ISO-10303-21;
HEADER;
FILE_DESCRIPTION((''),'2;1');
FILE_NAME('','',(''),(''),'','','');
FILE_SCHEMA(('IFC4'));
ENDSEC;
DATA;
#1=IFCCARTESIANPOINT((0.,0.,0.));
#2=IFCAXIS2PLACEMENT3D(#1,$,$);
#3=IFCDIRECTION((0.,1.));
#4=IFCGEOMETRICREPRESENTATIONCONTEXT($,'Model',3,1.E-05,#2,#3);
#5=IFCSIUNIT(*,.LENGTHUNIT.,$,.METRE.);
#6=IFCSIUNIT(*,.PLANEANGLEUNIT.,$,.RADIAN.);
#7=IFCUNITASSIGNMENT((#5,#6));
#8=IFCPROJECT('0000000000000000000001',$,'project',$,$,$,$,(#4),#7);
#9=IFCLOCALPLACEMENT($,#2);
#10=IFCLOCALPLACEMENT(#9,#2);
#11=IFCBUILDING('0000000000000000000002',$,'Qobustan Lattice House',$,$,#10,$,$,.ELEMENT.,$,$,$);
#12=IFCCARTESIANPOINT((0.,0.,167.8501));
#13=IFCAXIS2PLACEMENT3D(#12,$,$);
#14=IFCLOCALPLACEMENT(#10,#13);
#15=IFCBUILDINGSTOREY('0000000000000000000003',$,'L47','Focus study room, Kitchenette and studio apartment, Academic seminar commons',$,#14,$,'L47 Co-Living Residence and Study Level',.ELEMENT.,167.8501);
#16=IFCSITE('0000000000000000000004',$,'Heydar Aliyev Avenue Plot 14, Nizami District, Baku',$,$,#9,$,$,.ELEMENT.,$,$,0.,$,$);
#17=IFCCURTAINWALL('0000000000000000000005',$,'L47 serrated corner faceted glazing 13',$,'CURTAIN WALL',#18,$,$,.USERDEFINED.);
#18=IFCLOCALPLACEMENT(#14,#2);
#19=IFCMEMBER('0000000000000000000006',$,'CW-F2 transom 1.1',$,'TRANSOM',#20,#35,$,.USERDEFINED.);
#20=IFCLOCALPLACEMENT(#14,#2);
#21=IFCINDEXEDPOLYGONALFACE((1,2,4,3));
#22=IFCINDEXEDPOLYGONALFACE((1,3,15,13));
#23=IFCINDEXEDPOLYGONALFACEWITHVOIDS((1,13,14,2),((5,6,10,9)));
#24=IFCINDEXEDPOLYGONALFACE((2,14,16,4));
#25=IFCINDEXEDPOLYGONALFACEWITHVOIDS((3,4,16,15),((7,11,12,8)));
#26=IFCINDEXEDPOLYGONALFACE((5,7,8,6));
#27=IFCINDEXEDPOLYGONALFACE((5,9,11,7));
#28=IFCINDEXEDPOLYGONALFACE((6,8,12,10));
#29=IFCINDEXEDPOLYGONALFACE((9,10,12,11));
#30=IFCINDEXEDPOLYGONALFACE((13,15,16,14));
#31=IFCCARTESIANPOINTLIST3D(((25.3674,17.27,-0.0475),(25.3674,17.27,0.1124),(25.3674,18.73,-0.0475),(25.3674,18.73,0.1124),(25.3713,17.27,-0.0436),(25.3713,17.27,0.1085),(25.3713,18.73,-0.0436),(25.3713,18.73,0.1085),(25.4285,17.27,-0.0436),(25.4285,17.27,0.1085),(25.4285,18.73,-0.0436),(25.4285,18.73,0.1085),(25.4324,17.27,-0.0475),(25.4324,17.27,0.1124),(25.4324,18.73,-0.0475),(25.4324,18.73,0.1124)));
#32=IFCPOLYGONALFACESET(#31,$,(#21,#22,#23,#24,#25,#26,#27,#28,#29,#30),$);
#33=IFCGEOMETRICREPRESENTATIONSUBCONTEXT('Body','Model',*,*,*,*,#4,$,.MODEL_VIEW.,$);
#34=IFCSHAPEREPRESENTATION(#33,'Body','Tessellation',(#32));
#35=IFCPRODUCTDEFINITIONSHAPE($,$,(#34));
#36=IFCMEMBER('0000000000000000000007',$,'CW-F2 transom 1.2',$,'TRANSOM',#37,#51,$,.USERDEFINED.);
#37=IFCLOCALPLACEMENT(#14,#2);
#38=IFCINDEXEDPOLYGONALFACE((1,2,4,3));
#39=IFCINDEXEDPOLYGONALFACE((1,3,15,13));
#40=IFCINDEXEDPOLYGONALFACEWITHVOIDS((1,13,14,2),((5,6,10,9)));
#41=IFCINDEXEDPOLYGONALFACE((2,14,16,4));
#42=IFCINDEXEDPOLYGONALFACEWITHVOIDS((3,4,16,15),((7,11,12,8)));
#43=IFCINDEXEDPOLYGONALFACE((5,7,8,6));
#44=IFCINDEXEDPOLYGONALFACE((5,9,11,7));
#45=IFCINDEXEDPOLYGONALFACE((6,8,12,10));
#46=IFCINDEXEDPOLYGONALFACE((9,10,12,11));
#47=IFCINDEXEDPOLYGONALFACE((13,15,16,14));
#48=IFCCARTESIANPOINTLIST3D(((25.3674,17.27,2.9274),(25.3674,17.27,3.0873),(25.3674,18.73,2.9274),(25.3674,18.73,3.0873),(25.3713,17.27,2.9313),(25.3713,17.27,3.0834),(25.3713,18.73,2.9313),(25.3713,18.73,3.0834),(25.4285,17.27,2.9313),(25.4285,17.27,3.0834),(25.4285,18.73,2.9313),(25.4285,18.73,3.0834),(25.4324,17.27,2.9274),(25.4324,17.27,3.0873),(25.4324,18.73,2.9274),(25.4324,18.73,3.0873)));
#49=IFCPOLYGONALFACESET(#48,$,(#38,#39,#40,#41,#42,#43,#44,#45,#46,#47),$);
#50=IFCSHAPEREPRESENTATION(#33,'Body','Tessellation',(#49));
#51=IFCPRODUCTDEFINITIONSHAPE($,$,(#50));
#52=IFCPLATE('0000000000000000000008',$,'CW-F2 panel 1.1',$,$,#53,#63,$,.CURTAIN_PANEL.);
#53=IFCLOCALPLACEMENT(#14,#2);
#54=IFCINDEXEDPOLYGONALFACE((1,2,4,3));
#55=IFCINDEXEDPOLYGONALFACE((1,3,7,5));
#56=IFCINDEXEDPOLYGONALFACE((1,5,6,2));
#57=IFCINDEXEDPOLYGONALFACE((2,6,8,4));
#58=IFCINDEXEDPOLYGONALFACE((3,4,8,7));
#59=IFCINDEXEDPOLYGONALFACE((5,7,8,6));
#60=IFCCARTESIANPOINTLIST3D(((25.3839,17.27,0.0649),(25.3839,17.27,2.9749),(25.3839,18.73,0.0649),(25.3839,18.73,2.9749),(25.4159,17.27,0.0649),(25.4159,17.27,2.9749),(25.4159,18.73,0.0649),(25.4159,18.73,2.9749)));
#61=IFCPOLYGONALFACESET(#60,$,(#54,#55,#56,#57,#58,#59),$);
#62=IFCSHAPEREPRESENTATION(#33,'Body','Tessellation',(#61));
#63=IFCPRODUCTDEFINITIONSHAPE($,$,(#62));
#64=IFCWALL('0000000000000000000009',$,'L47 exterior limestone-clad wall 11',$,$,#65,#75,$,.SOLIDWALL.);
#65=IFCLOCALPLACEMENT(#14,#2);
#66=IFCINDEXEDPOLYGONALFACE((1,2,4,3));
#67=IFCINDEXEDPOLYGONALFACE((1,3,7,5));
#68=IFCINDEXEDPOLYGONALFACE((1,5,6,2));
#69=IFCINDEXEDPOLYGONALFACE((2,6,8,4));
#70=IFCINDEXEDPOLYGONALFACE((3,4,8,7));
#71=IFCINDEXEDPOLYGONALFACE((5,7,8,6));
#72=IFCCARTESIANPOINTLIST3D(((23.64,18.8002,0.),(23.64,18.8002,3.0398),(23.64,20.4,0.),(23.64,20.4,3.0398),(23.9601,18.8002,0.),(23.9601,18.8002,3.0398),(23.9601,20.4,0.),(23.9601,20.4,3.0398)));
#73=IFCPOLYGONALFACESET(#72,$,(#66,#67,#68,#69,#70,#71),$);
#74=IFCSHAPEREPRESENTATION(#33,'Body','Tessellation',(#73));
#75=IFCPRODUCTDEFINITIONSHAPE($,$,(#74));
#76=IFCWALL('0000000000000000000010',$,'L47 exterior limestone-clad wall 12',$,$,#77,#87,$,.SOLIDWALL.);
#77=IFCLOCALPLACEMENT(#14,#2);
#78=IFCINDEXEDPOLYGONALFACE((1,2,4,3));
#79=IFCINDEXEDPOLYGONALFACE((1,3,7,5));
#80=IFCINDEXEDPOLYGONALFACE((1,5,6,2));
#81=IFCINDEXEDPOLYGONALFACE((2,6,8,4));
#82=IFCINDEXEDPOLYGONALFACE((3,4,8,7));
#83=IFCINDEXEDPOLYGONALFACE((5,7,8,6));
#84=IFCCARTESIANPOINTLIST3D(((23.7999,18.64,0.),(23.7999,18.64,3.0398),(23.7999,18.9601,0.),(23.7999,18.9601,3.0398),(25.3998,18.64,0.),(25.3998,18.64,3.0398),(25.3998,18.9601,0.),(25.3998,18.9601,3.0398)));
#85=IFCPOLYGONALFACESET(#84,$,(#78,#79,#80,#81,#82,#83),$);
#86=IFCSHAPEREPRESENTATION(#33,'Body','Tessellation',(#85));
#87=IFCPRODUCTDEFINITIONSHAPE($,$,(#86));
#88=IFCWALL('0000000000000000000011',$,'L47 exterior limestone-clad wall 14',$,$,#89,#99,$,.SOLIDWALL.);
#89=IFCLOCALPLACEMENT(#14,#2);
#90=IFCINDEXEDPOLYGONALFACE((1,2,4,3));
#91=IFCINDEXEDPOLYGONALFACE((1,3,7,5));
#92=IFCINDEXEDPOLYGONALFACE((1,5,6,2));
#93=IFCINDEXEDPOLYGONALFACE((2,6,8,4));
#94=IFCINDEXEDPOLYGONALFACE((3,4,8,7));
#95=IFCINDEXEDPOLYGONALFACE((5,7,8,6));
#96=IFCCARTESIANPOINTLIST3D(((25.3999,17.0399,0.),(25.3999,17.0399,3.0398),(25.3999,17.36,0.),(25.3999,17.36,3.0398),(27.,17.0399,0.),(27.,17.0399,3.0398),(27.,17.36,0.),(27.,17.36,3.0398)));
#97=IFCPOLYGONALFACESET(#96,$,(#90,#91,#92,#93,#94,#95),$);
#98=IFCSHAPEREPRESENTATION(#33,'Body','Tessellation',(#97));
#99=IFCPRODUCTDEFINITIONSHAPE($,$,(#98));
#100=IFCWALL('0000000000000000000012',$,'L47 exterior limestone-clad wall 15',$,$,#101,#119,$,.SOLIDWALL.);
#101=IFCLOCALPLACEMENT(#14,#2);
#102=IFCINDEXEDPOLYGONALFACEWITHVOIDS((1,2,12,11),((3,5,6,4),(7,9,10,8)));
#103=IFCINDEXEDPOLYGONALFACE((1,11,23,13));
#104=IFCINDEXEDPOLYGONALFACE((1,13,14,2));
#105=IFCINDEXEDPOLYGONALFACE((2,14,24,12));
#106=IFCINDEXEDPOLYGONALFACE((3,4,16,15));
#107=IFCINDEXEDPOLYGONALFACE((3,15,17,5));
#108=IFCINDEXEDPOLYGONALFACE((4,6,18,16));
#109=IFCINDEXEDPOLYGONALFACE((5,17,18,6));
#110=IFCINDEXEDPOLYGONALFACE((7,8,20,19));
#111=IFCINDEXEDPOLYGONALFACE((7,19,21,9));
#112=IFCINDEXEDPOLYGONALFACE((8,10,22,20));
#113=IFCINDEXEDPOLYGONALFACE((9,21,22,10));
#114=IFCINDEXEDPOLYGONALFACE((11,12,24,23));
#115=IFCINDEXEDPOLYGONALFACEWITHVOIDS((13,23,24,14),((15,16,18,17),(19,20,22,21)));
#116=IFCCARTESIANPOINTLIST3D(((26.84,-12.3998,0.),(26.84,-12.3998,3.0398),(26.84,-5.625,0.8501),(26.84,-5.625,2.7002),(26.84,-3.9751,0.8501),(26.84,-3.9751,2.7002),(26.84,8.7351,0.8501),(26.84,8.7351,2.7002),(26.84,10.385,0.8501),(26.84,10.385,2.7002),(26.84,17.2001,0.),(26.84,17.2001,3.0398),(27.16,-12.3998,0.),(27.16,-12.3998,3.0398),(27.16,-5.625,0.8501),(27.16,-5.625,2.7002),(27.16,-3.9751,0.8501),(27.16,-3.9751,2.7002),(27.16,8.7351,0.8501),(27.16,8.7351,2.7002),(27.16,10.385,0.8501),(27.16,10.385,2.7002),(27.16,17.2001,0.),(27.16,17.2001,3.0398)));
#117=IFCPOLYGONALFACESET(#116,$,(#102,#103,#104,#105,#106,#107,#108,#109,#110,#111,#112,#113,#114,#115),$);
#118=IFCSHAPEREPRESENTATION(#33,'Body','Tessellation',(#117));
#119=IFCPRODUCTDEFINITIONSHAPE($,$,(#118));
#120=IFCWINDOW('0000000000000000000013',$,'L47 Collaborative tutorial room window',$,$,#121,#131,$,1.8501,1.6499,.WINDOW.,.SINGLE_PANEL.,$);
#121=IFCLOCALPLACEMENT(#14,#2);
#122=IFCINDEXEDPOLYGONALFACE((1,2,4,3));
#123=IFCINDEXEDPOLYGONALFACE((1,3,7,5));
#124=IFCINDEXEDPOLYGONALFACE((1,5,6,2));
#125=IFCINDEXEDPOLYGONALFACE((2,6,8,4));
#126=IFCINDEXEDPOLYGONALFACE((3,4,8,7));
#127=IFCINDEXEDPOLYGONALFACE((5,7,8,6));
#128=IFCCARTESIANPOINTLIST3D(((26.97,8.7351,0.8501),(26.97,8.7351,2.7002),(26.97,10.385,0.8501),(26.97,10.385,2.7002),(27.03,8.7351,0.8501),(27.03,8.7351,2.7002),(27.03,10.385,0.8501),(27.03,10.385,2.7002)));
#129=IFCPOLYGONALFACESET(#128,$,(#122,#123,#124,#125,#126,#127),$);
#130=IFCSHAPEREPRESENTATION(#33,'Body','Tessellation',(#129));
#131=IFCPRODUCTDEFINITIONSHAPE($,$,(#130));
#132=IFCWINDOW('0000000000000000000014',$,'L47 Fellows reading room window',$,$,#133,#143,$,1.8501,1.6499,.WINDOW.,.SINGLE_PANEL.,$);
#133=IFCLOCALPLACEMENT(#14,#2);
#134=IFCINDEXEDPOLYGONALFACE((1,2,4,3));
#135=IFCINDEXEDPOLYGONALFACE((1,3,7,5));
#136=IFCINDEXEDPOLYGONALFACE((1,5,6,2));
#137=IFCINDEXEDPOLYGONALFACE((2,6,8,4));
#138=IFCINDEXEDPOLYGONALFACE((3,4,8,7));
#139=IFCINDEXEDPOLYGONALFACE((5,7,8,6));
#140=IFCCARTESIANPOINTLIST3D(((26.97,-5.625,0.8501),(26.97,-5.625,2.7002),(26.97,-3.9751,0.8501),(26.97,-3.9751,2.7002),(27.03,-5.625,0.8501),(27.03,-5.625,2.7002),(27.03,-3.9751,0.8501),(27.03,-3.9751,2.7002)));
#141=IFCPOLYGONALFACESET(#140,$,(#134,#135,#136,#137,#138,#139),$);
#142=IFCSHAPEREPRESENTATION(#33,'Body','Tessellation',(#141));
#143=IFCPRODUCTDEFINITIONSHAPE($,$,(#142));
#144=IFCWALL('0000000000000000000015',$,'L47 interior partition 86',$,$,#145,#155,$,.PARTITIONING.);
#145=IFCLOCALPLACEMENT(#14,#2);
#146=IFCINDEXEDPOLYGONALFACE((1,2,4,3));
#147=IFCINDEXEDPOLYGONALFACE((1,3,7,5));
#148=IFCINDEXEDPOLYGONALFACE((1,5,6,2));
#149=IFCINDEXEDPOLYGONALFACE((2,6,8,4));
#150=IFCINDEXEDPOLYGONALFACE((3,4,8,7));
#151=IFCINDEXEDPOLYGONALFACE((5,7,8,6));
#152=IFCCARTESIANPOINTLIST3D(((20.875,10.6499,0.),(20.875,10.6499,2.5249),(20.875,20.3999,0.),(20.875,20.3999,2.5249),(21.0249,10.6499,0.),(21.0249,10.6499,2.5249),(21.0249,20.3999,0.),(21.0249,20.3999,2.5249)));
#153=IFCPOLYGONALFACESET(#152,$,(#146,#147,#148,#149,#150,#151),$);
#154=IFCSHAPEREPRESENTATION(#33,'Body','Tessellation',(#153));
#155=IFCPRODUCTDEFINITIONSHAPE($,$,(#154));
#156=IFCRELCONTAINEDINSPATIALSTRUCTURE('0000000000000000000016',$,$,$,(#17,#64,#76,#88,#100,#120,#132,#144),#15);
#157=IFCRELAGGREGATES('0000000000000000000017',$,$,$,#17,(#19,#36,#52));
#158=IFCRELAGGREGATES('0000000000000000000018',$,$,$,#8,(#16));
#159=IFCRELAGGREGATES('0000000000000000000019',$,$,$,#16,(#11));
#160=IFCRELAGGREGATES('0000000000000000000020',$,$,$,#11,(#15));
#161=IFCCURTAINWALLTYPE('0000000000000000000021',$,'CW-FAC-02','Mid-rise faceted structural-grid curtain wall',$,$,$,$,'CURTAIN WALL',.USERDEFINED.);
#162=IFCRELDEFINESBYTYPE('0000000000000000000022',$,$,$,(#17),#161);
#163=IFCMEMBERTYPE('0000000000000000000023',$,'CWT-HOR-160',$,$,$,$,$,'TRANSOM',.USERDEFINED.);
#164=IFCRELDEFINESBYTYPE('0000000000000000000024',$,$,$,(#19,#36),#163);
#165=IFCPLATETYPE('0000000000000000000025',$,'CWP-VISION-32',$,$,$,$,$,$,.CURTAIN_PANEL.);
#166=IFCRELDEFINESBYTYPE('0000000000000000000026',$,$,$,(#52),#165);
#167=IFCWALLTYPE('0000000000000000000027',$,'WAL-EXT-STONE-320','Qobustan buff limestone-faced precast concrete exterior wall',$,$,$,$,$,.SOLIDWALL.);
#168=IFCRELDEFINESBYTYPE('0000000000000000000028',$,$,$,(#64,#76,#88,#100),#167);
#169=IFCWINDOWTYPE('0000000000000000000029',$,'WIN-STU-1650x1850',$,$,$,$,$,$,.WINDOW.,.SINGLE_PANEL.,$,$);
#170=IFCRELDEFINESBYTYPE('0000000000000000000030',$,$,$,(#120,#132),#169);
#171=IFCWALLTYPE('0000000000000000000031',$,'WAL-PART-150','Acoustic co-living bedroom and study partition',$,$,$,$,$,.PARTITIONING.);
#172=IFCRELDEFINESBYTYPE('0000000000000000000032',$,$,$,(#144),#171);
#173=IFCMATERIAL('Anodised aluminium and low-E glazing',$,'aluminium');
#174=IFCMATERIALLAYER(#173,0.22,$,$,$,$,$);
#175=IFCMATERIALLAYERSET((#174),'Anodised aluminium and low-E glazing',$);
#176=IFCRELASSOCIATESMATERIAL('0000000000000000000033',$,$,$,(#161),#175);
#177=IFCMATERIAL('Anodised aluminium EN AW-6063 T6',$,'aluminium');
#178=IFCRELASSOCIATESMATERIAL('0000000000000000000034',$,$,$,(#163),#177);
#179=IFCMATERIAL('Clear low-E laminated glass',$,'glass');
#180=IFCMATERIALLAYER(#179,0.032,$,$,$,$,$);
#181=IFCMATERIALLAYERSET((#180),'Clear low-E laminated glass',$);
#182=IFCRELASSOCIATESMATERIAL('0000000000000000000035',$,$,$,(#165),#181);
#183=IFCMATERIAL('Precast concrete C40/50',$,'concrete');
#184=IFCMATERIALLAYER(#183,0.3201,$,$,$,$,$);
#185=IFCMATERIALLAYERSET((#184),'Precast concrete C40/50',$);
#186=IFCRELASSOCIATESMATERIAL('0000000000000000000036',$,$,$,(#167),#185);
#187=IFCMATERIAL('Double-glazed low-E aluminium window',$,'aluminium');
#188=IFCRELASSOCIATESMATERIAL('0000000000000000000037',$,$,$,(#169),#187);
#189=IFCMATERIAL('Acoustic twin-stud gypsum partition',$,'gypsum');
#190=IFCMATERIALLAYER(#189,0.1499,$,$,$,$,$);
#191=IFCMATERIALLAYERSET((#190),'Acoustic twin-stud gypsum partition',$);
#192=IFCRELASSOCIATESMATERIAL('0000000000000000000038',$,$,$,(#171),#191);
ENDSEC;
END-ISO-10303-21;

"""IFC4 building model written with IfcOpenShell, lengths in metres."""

from ifc_helpers import new_model, si_unit, direction, frame, frame_2d, origin, origin_2d, place, context, subcontext, project, spatial, rectangle, hollow_rectangle, extrude, material, layer, layer_set, material_profile, profile_set, type_object, element, fill, aggregate, save


model = new_model("IFC4")

# Units and contexts
model_context = context("Model", 3, precision=1e-05, world=origin(), true_north=direction((0.0, 1.0)))
body_context = subcontext(model_context, "Body", "Model", "MODEL_VIEW")
ifc_project = project(units=[si_unit("LENGTHUNIT", "METRE"), si_unit("PLANEANGLEUNIT", "RADIAN")], contexts=[model_context])

# Site, building, storey
site_placement = place(None, origin())
site = spatial("IfcSite", under=ifc_project, at=site_placement, Name="Heydar Aliyev Avenue Plot 14, Nizami District, Baku", CompositionType="ELEMENT", RefElevation=0.0)
building_placement = place(site_placement, origin())
building = spatial("IfcBuilding", under=site, at=building_placement, Name="Qobustan Lattice House", CompositionType="ELEMENT")
storey_placement = place(building_placement, frame((0.0, 0.0, 167.8501)))
storey = spatial("IfcBuildingStorey", under=building, at=storey_placement, Name="L47", Description="Focus study room, Kitchenette and studio apartment, Academic seminar commons", LongName="L47 Co-Living Residence and Study Level", CompositionType="ELEMENT", Elevation=167.8501)

# Curtain wall, members, plate
ifc_material_1 = material(Name="Anodised aluminium and low-E glazing", Category="aluminium")
ifc_layer_1 = layer(ifc_material_1, 0.22)
ifc_layer_set_1 = layer_set([ifc_layer_1], Name="Anodised aluminium and low-E glazing")
curtain_wall_type = type_object("IfcCurtainWallType", Name="CW-FAC-02", Description="Mid-rise faceted structural-grid curtain wall", ElementType="CURTAIN WALL", PredefinedType="USERDEFINED", material=ifc_layer_set_1)
curtain_wall_placement = place(storey_placement, origin())
curtain_wall = element("IfcCurtainWall", 1, at=curtain_wall_placement, inside=storey, type_object=curtain_wall_type, Name="L47 serrated corner faceted glazing 13", ObjectType="CURTAIN WALL", PredefinedType="USERDEFINED")
ifc_material_2 = material(Name="Anodised aluminium EN AW-6063 T6", Category="aluminium")
ifc_material_profile_1 = material_profile(ifc_material_2, hollow_rectangle(XDim=0.0649, YDim=0.1599, WallThickness=0.0039, at=origin_2d()), Name="CWT-160x65")
ifc_profile_set_1 = profile_set([ifc_material_profile_1], Name="Anodised aluminium EN AW-6063 T6")
member_type_1 = type_object("IfcMemberType", Name="CWT-HOR-160", ElementType="TRANSOM", PredefinedType="USERDEFINED", material=ifc_profile_set_1)
member_1_placement = place(storey_placement, frame((25.3999, 18.73, 0.0325), z_axis=(0.0, -1.0, 0.0), x_axis=(1.0, 0.0, 0.0)))
member_1 = element("IfcMember", 2, at=member_1_placement, type_object=member_type_1, Name="CW-F2 transom 1.1", ObjectType="TRANSOM", PredefinedType="USERDEFINED", context=body_context, shape_type="SweptSolid", body=[
    extrude(hollow_rectangle(XDim=0.0649, YDim=0.1599, WallThickness=0.0039, at=origin_2d()), origin(), (0.0, 0.0, 1.0), 1.46),
])
member_2_placement = place(storey_placement, frame((25.3999, 18.73, 3.0073), z_axis=(0.0, -1.0, 0.0), x_axis=(1.0, 0.0, 0.0)))
member_2 = element("IfcMember", 3, at=member_2_placement, type_object=member_type_1, Name="CW-F2 transom 1.2", ObjectType="TRANSOM", PredefinedType="USERDEFINED", context=body_context, shape_type="SweptSolid", body=[
    extrude(hollow_rectangle(XDim=0.0649, YDim=0.1599, WallThickness=0.0039, at=origin_2d()), origin(), (0.0, 0.0, 1.0), 1.46),
])
ifc_material_3 = material(Name="Clear low-E laminated glass", Category="glass")
ifc_layer_2 = layer(ifc_material_3, 0.032)
ifc_layer_set_2 = layer_set([ifc_layer_2], Name="Clear low-E laminated glass")
plate_type = type_object("IfcPlateType", Name="CWP-VISION-32", PredefinedType="CURTAIN_PANEL", material=ifc_layer_set_2)
plate_placement = place(storey_placement, frame((25.3999, 18.0, 0.0649), z_axis=(0.0, 0.0, 1.0), x_axis=(0.0, -1.0, 0.0)))
plate = element("IfcPlate", 4, at=plate_placement, type_object=plate_type, Name="CW-F2 panel 1.1", PredefinedType="CURTAIN_PANEL", context=body_context, shape_type="SweptSolid", body=[
    extrude(rectangle(XDim=1.46, YDim=0.032, at=origin_2d()), origin(), (0.0, 0.0, 1.0), 2.9099),
])
aggregate(curtain_wall, [member_1, member_2, plate])

# Walls
ifc_material_4 = material(Name="Precast concrete C40/50", Category="concrete")
ifc_layer_3 = layer(ifc_material_4, 0.3201)
ifc_layer_set_3 = layer_set([ifc_layer_3], Name="Precast concrete C40/50")
wall_type_1 = type_object("IfcWallType", Name="WAL-EXT-STONE-320", Description="Qobustan buff limestone-faced precast concrete exterior wall", PredefinedType="SOLIDWALL", material=ifc_layer_set_3)
for number, where, z_axis, x_axis, name in (
    (5, (23.8, 20.3999, 0.0), (0.0, 0.0, 1.0), (0.0, -1.0, 0.0), "L47 exterior limestone-clad wall 11"),
    (6, (23.8, 18.8, 0.0), (0.0, 0.0, 1.0), (1.0, 0.0, 0.0), "L47 exterior limestone-clad wall 12"),
):
    element("IfcWall", number, at=place(storey_placement, frame(where, z_axis=z_axis, x_axis=x_axis)), inside=storey, type_object=wall_type_1, Name=name, PredefinedType="SOLIDWALL", context=body_context, shape_type="SweptSolid", body=[
        extrude(rectangle(XDim=1.5999, YDim=0.3201, at=frame_2d((0.7998, 0.0))), origin(), (0.0, 0.0, 1.0), 3.0398),
    ])
wall_1_placement = place(storey_placement, frame((25.3999, 17.2, 0.0), z_axis=(0.0, 0.0, 1.0), x_axis=(1.0, 0.0, 0.0)))
element("IfcWall", 7, at=wall_1_placement, inside=storey, type_object=wall_type_1, Name="L47 exterior limestone-clad wall 14", PredefinedType="SOLIDWALL", context=body_context, shape_type="SweptSolid", body=[
    extrude(rectangle(XDim=1.6001, YDim=0.3201, at=frame_2d((0.8, 0.0))), origin(), (0.0, 0.0, 1.0), 3.0398),
])

# Wall, openings, windows
wall_2_placement = place(storey_placement, frame((27.0, 17.2, 0.0), z_axis=(0.0, 0.0, 1.0), x_axis=(0.0, -1.0, 0.0)))
wall_2 = element("IfcWall", 8, at=wall_2_placement, inside=storey, type_object=wall_type_1, Name="L47 exterior limestone-clad wall 15", PredefinedType="SOLIDWALL", context=body_context, shape_type="SweptSolid", body=[
    extrude(rectangle(XDim=29.5999, YDim=0.3201, at=frame_2d((14.7998, 0.0))), origin(), (0.0, 0.0, 1.0), 3.0398),
])
opening_1_placement = place(wall_2_placement, frame((6.8149, 0.0, 0.8501)))
opening_1 = element("IfcOpeningElement", 9, at=opening_1_placement, cuts=wall_2, PredefinedType="OPENING", context=body_context, shape_type="SweptSolid", body=[
    extrude(rectangle(XDim=1.6499, YDim=1.8501, at=frame_2d((0.825, 0.925))), frame((0.0, 0.1699, 0.0), z_axis=(0.0, -1.0, 0.0), x_axis=(1.0, 0.0, 0.0)), (0.0, 0.0, 1.0), 0.3401),
])
opening_2_placement = place(wall_2_placement, frame((21.175, 0.0, 0.8501)))
opening_2 = element("IfcOpeningElement", 10, at=opening_2_placement, cuts=wall_2, PredefinedType="OPENING", context=body_context, shape_type="SweptSolid", body=[
    extrude(rectangle(XDim=1.6499, YDim=1.8501, at=frame_2d((0.825, 0.925))), frame((0.0, 0.1699, 0.0), z_axis=(0.0, -1.0, 0.0), x_axis=(1.0, 0.0, 0.0)), (0.0, 0.0, 1.0), 0.3401),
])
ifc_material_5 = material(Name="Double-glazed low-E aluminium window", Category="aluminium")
window_type = type_object("IfcWindowType", Name="WIN-STU-1650x1850", PartitioningType="SINGLE_PANEL", PredefinedType="WINDOW", material=ifc_material_5)
window_1_placement = place(opening_1_placement, origin())
window_1 = element("IfcWindow", 11, at=window_1_placement, inside=storey, type_object=window_type, Name="L47 Collaborative tutorial room window", OverallHeight=1.8501, OverallWidth=1.6499, PartitioningType="SINGLE_PANEL", PredefinedType="WINDOW", context=body_context, shape_type="SweptSolid", body=[
    extrude(rectangle(XDim=1.6499, YDim=1.8501, at=frame_2d((0.825, 0.925))), frame((0.0, 0.03, 0.0), z_axis=(0.0, -1.0, 0.0), x_axis=(1.0, 0.0, 0.0)), (0.0, 0.0, 1.0), 0.0601),
])
fill(opening_1, window_1)
window_2_placement = place(opening_2_placement, origin())
window_2 = element("IfcWindow", 12, at=window_2_placement, inside=storey, type_object=window_type, Name="L47 Fellows reading room window", OverallHeight=1.8501, OverallWidth=1.6499, PartitioningType="SINGLE_PANEL", PredefinedType="WINDOW", context=body_context, shape_type="SweptSolid", body=[
    extrude(rectangle(XDim=1.6499, YDim=1.8501, at=frame_2d((0.825, 0.925))), frame((0.0, 0.03, 0.0), z_axis=(0.0, -1.0, 0.0), x_axis=(1.0, 0.0, 0.0)), (0.0, 0.0, 1.0), 0.0601),
])
fill(opening_2, window_2)

# Wall
ifc_material_6 = material(Name="Acoustic twin-stud gypsum partition", Category="gypsum")
ifc_layer_4 = layer(ifc_material_6, 0.1499)
ifc_layer_set_4 = layer_set([ifc_layer_4], Name="Acoustic twin-stud gypsum partition")
wall_type_2 = type_object("IfcWallType", Name="WAL-PART-150", Description="Acoustic co-living bedroom and study partition", PredefinedType="PARTITIONING", material=ifc_layer_set_4)
wall_3_placement = place(storey_placement, frame((20.95, 10.6499, 0.0), z_axis=(0.0, 0.0, 1.0), x_axis=(0.0, 1.0, 0.0)))
element("IfcWall", 13, at=wall_3_placement, inside=storey, type_object=wall_type_2, Name="L47 interior partition 86", PredefinedType="PARTITIONING", context=body_context, shape_type="SweptSolid", body=[
    extrude(rectangle(XDim=9.75, YDim=0.1499, at=frame_2d((4.875, 0.0))), origin(), (0.0, 0.0, 1.0), 2.5249),
])

save(model, "model.ifc")
